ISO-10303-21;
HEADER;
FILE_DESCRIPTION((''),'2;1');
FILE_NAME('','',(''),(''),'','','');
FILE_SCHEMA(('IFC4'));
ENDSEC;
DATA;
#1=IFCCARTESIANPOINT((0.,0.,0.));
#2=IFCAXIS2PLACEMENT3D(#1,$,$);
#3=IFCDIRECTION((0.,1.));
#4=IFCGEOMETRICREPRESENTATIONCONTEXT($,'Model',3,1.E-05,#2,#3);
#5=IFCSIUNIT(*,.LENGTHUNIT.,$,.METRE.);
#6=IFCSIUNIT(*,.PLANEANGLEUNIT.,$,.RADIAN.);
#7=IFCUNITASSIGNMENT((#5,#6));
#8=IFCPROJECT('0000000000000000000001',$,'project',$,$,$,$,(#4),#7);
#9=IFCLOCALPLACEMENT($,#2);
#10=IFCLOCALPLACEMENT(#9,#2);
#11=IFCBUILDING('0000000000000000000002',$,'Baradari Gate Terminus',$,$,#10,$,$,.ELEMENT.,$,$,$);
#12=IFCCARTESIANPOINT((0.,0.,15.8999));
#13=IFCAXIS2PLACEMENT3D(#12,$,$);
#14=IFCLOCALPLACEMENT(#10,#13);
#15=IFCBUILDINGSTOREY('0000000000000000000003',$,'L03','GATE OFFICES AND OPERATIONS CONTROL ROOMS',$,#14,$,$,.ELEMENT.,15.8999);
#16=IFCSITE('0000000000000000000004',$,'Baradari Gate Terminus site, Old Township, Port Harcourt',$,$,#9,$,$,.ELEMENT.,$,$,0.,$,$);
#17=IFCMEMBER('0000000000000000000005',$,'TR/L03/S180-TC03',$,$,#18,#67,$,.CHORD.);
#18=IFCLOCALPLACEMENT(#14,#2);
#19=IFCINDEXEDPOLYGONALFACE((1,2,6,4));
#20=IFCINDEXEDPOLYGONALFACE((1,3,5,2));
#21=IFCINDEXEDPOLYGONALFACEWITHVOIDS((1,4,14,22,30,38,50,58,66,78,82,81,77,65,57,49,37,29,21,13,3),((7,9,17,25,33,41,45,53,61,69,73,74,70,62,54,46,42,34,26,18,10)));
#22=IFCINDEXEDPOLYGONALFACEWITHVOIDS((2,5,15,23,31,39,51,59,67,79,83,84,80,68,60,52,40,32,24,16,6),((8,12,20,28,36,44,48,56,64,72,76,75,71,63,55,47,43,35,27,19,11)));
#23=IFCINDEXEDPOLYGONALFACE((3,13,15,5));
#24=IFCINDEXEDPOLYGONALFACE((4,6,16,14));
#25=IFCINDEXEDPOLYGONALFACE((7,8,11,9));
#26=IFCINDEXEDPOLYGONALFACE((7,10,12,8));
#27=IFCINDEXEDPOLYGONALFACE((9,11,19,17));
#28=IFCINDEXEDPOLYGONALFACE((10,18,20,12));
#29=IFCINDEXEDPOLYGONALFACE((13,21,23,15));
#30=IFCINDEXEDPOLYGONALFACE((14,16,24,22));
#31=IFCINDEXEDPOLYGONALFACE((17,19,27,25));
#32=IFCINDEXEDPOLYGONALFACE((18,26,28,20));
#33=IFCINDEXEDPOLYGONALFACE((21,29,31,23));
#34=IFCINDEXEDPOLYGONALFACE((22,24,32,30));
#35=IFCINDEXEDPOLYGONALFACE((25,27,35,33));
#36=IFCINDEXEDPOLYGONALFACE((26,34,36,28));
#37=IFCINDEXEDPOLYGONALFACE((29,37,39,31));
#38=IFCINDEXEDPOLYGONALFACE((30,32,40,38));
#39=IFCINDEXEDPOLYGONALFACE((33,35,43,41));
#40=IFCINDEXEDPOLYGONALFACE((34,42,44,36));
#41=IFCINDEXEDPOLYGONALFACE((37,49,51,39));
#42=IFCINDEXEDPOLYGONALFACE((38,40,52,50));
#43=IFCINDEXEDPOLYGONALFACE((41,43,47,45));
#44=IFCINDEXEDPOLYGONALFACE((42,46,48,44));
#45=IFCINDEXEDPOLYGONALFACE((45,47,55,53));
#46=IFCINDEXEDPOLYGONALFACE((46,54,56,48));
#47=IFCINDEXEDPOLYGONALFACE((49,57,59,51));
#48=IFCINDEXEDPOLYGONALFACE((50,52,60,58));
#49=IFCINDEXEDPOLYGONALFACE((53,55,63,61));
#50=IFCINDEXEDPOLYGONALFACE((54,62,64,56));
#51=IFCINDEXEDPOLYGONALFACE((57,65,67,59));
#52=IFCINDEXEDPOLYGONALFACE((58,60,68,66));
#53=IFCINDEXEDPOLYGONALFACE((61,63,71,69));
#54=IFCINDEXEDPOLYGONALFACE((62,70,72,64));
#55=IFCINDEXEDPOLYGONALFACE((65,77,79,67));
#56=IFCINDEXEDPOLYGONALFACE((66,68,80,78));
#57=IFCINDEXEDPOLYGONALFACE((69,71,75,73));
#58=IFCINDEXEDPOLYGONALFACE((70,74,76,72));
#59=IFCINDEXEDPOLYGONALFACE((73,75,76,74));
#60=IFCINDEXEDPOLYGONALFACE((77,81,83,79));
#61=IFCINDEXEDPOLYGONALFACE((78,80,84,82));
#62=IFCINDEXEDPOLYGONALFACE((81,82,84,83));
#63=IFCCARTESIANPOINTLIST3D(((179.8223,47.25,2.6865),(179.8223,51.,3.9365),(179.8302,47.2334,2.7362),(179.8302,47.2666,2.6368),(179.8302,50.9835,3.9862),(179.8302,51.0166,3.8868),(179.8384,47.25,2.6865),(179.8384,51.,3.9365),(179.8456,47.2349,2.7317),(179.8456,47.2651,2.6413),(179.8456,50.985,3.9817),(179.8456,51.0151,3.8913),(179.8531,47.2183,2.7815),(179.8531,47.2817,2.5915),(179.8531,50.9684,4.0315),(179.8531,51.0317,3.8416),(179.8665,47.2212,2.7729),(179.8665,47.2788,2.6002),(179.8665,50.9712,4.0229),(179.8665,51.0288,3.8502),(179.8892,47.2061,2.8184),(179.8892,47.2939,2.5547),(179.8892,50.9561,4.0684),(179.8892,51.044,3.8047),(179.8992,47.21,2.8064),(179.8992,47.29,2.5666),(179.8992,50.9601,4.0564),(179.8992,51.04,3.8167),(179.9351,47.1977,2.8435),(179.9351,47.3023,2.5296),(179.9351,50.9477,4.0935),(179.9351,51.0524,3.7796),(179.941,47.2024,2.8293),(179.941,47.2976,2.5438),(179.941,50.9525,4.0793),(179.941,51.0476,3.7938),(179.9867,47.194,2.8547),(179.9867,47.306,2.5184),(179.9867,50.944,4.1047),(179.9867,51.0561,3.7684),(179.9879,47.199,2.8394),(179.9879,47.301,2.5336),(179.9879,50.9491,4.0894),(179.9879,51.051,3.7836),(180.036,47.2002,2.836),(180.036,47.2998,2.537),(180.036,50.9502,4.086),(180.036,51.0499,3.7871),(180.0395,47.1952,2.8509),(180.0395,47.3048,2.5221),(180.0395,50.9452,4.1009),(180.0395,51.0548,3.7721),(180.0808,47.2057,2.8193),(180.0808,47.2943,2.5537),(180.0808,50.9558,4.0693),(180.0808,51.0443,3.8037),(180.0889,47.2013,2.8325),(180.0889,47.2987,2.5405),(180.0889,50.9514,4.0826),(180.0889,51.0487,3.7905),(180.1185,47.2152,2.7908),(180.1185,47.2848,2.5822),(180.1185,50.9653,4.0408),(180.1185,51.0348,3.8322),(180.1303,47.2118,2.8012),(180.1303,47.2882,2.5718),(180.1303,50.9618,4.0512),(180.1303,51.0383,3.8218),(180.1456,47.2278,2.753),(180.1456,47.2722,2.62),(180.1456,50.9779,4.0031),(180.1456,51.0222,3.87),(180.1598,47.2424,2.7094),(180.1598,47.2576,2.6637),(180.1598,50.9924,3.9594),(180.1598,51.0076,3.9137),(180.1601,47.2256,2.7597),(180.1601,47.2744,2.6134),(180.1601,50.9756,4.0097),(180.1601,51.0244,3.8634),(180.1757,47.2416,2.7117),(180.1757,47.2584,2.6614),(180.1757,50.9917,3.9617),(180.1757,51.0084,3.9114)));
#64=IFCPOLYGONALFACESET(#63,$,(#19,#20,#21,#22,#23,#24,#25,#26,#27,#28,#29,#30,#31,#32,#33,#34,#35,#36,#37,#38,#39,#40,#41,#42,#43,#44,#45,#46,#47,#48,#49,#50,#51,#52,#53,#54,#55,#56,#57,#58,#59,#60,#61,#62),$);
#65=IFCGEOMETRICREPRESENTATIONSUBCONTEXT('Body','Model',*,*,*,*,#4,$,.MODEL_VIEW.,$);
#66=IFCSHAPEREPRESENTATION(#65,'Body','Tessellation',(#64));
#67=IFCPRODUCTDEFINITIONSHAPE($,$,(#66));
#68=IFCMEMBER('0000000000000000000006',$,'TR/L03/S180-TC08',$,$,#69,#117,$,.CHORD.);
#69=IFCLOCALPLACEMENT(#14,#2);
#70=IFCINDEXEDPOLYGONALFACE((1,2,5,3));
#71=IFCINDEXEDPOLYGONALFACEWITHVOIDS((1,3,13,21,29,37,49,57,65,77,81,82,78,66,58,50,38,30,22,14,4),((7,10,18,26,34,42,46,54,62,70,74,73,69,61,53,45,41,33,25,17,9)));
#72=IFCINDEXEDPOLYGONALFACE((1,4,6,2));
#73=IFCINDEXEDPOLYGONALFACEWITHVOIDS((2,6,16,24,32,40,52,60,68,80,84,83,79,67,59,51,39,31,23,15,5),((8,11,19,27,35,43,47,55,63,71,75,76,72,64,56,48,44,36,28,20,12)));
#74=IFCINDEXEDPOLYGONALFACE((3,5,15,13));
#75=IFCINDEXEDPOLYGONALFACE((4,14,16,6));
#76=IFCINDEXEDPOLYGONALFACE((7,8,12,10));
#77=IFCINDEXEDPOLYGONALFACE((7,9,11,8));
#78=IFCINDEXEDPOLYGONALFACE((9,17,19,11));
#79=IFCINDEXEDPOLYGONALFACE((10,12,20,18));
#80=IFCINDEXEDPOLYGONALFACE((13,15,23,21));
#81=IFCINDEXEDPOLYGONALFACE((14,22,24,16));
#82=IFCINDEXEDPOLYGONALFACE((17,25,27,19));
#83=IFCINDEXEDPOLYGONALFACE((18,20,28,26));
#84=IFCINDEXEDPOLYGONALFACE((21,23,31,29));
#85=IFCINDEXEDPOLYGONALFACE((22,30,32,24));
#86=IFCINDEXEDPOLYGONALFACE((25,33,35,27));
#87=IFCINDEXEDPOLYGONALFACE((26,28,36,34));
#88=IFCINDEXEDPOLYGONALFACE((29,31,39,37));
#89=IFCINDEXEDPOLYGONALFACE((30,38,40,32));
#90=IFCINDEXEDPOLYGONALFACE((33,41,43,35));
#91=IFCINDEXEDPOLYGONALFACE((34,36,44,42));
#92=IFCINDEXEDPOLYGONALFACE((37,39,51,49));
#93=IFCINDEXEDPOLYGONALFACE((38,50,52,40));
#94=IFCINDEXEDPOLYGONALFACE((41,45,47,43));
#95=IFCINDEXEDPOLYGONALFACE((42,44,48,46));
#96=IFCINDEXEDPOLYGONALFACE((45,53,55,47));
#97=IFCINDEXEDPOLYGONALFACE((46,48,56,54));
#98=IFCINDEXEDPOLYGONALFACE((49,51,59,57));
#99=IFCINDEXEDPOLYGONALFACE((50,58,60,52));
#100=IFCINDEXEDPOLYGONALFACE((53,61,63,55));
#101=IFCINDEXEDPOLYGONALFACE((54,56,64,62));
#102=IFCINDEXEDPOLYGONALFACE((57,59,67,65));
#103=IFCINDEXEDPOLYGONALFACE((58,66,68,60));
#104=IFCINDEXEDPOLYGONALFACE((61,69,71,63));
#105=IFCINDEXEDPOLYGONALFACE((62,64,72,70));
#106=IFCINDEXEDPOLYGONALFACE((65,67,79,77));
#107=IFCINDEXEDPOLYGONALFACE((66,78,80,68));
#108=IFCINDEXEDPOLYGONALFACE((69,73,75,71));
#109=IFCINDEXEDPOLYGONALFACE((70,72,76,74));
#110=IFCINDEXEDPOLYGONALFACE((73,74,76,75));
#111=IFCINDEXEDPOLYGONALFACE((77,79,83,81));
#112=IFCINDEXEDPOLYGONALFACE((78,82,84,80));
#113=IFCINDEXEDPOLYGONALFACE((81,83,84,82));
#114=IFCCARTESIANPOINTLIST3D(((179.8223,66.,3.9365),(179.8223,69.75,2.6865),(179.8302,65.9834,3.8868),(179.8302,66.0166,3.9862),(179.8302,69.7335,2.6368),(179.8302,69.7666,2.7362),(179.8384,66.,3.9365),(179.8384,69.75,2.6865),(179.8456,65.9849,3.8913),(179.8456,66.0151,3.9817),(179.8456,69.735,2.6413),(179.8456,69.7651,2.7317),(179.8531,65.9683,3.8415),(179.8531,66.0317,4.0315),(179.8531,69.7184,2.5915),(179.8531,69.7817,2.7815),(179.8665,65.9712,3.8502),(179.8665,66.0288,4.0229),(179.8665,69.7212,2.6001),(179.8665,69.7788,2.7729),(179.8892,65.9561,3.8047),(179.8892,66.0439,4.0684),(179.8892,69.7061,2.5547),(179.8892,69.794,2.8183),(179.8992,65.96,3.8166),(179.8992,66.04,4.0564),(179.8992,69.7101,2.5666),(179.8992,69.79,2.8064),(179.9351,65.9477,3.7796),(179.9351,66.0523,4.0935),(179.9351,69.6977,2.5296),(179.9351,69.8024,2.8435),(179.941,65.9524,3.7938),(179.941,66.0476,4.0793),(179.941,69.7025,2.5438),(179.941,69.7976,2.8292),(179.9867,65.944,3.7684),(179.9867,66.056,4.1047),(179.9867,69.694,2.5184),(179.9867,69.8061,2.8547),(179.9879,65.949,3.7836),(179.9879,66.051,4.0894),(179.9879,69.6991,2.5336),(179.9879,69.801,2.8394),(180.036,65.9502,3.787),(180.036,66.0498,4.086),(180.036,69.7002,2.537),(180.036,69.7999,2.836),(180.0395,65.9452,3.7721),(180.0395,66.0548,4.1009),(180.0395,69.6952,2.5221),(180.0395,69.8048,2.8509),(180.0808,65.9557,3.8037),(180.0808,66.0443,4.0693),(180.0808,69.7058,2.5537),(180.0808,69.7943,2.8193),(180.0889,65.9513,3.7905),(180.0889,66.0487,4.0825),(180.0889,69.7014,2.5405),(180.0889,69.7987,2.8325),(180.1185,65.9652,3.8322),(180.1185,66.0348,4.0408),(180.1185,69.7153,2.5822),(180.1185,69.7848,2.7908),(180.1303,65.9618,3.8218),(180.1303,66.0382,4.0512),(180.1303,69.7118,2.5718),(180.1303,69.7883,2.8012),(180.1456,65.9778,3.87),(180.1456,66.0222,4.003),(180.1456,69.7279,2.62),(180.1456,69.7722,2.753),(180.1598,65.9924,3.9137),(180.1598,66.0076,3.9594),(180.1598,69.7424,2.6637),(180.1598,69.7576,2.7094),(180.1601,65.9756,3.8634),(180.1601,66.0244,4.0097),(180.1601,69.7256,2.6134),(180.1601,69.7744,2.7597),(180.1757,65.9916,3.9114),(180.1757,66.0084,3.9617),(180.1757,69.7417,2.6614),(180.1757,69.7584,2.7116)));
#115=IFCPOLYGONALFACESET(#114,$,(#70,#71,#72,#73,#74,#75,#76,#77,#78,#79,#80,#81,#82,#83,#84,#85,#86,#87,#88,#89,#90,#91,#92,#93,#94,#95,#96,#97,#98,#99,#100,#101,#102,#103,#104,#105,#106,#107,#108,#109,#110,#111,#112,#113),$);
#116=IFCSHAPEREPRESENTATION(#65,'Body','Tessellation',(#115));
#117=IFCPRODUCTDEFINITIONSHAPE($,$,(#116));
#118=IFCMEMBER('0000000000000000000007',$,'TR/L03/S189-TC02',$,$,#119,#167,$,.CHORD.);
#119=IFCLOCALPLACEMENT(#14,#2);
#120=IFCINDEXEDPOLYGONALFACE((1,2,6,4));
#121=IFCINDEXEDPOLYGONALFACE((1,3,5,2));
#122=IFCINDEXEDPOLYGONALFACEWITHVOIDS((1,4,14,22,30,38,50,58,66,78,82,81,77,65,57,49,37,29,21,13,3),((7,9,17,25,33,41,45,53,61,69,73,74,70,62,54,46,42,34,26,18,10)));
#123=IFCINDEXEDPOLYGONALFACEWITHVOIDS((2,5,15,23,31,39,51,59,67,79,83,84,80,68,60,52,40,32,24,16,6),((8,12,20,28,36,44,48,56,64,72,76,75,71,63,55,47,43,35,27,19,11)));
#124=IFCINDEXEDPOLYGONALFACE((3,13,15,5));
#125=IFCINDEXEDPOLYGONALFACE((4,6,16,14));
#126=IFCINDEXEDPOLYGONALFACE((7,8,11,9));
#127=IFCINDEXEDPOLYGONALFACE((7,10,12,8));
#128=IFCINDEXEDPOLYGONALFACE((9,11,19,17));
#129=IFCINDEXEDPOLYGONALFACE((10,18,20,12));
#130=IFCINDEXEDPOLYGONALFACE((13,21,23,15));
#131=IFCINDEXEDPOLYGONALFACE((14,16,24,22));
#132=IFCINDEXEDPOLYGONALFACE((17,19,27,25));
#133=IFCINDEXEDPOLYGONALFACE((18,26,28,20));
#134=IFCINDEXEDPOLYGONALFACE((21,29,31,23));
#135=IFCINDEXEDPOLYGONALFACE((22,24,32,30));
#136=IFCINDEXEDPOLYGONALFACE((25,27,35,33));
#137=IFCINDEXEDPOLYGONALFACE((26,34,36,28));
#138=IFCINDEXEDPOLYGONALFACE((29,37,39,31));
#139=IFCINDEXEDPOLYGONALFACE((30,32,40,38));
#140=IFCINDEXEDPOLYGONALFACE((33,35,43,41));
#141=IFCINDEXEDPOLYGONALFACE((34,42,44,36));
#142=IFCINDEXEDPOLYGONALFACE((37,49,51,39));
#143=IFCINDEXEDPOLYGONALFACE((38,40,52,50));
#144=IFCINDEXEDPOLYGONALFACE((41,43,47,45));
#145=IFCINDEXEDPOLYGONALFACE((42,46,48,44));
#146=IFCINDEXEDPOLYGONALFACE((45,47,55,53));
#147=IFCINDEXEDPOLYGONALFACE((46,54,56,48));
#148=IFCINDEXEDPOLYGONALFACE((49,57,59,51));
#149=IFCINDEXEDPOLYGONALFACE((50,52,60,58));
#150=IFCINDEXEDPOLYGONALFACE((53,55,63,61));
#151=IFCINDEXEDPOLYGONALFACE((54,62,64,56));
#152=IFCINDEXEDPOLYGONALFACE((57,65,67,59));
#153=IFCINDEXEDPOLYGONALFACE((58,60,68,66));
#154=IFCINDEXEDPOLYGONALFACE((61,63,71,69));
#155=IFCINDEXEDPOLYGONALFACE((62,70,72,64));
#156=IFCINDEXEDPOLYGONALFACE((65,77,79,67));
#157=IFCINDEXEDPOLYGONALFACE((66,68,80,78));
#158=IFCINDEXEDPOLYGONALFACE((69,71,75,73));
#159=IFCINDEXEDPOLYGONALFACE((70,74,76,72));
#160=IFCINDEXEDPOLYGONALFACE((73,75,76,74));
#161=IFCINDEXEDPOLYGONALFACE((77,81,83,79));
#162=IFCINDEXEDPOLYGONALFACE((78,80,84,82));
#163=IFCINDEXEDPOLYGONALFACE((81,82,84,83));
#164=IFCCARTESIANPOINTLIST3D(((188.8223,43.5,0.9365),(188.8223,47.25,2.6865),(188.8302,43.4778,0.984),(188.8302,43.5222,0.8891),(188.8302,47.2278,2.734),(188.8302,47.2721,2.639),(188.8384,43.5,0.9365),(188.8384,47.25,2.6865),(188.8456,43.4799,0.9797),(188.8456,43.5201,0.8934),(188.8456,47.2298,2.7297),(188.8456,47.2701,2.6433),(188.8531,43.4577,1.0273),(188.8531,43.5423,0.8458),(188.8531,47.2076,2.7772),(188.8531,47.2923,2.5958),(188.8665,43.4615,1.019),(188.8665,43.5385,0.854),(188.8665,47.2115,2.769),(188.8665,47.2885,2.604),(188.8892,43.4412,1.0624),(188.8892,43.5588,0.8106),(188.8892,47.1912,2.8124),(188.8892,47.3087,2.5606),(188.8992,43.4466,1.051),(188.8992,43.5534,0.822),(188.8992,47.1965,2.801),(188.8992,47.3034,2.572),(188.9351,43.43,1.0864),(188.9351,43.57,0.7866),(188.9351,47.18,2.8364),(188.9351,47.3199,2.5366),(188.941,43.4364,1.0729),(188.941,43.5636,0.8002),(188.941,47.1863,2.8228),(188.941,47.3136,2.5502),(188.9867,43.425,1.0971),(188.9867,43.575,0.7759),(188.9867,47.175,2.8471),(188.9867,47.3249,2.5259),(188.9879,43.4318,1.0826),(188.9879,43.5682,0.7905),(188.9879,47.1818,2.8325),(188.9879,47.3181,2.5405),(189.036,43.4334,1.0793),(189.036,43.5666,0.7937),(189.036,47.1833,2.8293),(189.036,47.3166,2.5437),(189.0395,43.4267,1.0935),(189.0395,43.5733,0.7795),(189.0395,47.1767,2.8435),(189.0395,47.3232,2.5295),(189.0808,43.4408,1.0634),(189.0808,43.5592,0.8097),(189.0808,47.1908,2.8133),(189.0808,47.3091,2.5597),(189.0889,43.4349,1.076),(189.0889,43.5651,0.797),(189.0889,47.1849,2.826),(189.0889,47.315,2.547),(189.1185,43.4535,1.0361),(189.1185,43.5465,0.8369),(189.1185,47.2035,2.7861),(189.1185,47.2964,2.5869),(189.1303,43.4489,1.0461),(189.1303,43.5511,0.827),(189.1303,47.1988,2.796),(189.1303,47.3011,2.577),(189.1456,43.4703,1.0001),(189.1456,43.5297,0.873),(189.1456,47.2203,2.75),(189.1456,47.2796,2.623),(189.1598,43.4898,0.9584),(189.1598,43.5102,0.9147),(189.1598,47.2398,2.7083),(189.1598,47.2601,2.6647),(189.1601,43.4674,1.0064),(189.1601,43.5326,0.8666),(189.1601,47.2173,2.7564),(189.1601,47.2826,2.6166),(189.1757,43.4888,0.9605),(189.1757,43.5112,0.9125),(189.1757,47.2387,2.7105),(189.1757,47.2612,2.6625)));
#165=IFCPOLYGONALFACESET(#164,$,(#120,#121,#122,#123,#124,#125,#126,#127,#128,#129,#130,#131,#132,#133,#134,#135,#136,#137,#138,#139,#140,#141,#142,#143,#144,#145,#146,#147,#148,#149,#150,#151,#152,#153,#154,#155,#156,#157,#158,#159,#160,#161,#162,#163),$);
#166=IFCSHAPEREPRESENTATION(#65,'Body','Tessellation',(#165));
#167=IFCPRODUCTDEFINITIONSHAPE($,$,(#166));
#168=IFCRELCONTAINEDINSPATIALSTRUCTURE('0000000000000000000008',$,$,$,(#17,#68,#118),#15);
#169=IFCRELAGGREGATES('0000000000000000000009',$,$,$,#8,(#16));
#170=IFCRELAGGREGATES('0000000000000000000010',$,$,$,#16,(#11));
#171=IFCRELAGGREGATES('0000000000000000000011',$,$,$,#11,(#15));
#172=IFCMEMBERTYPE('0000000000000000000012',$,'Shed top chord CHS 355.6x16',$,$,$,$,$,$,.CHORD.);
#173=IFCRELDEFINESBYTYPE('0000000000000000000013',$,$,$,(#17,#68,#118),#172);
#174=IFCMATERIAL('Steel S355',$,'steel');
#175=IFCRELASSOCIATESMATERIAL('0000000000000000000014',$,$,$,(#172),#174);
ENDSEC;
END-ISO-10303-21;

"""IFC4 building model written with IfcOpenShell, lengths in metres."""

from ifc_helpers import new_model, si_unit, direction, frame, origin, origin_2d, place, context, subcontext, project, spatial, hollow_circle, extrude, material, material_profile, profile_set, type_object, element, save


model = new_model("IFC4")

# Units and contexts
model_context = context("Model", 3, precision=1e-05, world=origin(), true_north=direction((0.0, 1.0)))
body_context = subcontext(model_context, "Body", "Model", "MODEL_VIEW")
ifc_project = project(units=[si_unit("LENGTHUNIT", "METRE"), si_unit("PLANEANGLEUNIT", "RADIAN")], contexts=[model_context])

# Site, building, storey
site_placement = place(None, origin())
site = spatial("IfcSite", under=ifc_project, at=site_placement, Name="Baradari Gate Terminus site, Old Township, Port Harcourt", CompositionType="ELEMENT", RefElevation=0.0)
building_placement = place(site_placement, origin())
building = spatial("IfcBuilding", under=site, at=building_placement, Name="Baradari Gate Terminus", CompositionType="ELEMENT")
storey_placement = place(building_placement, frame((0.0, 0.0, 15.8999)))
storey = spatial("IfcBuildingStorey", under=building, at=storey_placement, Name="L03", Description="GATE OFFICES AND OPERATIONS CONTROL ROOMS", CompositionType="ELEMENT", Elevation=15.8999)

# Members
ifc_material_1 = material(Name="Steel S355", Category="steel")
ifc_material_profile_1 = material_profile(ifc_material_1, hollow_circle(Radius=0.1777, WallThickness=0.0161, at=origin_2d()), Name="CHS 355.6x16")
ifc_profile_set_1 = profile_set([ifc_material_profile_1], Name="Steel S355")
member_type_1 = type_object("IfcMemberType", Name="Shed top chord CHS 355.6x16", PredefinedType="CHORD", material=ifc_profile_set_1)
for number, where, z_axis, x_axis, name in (
    (1, (180.0, 47.25, 2.6865), (0.0, 0.948683, 0.316228), (-1.0, 0.0, 0.0), "TR/L03/S180-TC03"),
    (2, (180.0, 66.0, 3.9365), (0.0, 0.948683, -0.316228), (-1.0, 0.0, 0.0), "TR/L03/S180-TC08"),
):
    element("IfcMember", number, at=place(storey_placement, frame(where, z_axis=z_axis, x_axis=x_axis)), inside=storey, type_object=member_type_1, Name=name, PredefinedType="CHORD", context=body_context, shape_type="SweptSolid", body=[
        extrude(hollow_circle(Radius=0.1777, WallThickness=0.0161, at=origin_2d()), origin(), (0.0, 0.0, 1.0), 3.9529),
    ])
member_1_placement = place(storey_placement, frame((189.0, 43.5, 0.9365), z_axis=(0.0, 0.906183, 0.422885), x_axis=(-1.0, 0.0, 0.0)))
element("IfcMember", 3, at=member_1_placement, inside=storey, type_object=member_type_1, Name="TR/L03/S189-TC02", PredefinedType="CHORD", context=body_context, shape_type="SweptSolid", body=[
    extrude(hollow_circle(Radius=0.1777, WallThickness=0.0161, at=origin_2d()), origin(), (0.0, 0.0, 1.0), 4.1382),
])

save(model, "model.ifc")
